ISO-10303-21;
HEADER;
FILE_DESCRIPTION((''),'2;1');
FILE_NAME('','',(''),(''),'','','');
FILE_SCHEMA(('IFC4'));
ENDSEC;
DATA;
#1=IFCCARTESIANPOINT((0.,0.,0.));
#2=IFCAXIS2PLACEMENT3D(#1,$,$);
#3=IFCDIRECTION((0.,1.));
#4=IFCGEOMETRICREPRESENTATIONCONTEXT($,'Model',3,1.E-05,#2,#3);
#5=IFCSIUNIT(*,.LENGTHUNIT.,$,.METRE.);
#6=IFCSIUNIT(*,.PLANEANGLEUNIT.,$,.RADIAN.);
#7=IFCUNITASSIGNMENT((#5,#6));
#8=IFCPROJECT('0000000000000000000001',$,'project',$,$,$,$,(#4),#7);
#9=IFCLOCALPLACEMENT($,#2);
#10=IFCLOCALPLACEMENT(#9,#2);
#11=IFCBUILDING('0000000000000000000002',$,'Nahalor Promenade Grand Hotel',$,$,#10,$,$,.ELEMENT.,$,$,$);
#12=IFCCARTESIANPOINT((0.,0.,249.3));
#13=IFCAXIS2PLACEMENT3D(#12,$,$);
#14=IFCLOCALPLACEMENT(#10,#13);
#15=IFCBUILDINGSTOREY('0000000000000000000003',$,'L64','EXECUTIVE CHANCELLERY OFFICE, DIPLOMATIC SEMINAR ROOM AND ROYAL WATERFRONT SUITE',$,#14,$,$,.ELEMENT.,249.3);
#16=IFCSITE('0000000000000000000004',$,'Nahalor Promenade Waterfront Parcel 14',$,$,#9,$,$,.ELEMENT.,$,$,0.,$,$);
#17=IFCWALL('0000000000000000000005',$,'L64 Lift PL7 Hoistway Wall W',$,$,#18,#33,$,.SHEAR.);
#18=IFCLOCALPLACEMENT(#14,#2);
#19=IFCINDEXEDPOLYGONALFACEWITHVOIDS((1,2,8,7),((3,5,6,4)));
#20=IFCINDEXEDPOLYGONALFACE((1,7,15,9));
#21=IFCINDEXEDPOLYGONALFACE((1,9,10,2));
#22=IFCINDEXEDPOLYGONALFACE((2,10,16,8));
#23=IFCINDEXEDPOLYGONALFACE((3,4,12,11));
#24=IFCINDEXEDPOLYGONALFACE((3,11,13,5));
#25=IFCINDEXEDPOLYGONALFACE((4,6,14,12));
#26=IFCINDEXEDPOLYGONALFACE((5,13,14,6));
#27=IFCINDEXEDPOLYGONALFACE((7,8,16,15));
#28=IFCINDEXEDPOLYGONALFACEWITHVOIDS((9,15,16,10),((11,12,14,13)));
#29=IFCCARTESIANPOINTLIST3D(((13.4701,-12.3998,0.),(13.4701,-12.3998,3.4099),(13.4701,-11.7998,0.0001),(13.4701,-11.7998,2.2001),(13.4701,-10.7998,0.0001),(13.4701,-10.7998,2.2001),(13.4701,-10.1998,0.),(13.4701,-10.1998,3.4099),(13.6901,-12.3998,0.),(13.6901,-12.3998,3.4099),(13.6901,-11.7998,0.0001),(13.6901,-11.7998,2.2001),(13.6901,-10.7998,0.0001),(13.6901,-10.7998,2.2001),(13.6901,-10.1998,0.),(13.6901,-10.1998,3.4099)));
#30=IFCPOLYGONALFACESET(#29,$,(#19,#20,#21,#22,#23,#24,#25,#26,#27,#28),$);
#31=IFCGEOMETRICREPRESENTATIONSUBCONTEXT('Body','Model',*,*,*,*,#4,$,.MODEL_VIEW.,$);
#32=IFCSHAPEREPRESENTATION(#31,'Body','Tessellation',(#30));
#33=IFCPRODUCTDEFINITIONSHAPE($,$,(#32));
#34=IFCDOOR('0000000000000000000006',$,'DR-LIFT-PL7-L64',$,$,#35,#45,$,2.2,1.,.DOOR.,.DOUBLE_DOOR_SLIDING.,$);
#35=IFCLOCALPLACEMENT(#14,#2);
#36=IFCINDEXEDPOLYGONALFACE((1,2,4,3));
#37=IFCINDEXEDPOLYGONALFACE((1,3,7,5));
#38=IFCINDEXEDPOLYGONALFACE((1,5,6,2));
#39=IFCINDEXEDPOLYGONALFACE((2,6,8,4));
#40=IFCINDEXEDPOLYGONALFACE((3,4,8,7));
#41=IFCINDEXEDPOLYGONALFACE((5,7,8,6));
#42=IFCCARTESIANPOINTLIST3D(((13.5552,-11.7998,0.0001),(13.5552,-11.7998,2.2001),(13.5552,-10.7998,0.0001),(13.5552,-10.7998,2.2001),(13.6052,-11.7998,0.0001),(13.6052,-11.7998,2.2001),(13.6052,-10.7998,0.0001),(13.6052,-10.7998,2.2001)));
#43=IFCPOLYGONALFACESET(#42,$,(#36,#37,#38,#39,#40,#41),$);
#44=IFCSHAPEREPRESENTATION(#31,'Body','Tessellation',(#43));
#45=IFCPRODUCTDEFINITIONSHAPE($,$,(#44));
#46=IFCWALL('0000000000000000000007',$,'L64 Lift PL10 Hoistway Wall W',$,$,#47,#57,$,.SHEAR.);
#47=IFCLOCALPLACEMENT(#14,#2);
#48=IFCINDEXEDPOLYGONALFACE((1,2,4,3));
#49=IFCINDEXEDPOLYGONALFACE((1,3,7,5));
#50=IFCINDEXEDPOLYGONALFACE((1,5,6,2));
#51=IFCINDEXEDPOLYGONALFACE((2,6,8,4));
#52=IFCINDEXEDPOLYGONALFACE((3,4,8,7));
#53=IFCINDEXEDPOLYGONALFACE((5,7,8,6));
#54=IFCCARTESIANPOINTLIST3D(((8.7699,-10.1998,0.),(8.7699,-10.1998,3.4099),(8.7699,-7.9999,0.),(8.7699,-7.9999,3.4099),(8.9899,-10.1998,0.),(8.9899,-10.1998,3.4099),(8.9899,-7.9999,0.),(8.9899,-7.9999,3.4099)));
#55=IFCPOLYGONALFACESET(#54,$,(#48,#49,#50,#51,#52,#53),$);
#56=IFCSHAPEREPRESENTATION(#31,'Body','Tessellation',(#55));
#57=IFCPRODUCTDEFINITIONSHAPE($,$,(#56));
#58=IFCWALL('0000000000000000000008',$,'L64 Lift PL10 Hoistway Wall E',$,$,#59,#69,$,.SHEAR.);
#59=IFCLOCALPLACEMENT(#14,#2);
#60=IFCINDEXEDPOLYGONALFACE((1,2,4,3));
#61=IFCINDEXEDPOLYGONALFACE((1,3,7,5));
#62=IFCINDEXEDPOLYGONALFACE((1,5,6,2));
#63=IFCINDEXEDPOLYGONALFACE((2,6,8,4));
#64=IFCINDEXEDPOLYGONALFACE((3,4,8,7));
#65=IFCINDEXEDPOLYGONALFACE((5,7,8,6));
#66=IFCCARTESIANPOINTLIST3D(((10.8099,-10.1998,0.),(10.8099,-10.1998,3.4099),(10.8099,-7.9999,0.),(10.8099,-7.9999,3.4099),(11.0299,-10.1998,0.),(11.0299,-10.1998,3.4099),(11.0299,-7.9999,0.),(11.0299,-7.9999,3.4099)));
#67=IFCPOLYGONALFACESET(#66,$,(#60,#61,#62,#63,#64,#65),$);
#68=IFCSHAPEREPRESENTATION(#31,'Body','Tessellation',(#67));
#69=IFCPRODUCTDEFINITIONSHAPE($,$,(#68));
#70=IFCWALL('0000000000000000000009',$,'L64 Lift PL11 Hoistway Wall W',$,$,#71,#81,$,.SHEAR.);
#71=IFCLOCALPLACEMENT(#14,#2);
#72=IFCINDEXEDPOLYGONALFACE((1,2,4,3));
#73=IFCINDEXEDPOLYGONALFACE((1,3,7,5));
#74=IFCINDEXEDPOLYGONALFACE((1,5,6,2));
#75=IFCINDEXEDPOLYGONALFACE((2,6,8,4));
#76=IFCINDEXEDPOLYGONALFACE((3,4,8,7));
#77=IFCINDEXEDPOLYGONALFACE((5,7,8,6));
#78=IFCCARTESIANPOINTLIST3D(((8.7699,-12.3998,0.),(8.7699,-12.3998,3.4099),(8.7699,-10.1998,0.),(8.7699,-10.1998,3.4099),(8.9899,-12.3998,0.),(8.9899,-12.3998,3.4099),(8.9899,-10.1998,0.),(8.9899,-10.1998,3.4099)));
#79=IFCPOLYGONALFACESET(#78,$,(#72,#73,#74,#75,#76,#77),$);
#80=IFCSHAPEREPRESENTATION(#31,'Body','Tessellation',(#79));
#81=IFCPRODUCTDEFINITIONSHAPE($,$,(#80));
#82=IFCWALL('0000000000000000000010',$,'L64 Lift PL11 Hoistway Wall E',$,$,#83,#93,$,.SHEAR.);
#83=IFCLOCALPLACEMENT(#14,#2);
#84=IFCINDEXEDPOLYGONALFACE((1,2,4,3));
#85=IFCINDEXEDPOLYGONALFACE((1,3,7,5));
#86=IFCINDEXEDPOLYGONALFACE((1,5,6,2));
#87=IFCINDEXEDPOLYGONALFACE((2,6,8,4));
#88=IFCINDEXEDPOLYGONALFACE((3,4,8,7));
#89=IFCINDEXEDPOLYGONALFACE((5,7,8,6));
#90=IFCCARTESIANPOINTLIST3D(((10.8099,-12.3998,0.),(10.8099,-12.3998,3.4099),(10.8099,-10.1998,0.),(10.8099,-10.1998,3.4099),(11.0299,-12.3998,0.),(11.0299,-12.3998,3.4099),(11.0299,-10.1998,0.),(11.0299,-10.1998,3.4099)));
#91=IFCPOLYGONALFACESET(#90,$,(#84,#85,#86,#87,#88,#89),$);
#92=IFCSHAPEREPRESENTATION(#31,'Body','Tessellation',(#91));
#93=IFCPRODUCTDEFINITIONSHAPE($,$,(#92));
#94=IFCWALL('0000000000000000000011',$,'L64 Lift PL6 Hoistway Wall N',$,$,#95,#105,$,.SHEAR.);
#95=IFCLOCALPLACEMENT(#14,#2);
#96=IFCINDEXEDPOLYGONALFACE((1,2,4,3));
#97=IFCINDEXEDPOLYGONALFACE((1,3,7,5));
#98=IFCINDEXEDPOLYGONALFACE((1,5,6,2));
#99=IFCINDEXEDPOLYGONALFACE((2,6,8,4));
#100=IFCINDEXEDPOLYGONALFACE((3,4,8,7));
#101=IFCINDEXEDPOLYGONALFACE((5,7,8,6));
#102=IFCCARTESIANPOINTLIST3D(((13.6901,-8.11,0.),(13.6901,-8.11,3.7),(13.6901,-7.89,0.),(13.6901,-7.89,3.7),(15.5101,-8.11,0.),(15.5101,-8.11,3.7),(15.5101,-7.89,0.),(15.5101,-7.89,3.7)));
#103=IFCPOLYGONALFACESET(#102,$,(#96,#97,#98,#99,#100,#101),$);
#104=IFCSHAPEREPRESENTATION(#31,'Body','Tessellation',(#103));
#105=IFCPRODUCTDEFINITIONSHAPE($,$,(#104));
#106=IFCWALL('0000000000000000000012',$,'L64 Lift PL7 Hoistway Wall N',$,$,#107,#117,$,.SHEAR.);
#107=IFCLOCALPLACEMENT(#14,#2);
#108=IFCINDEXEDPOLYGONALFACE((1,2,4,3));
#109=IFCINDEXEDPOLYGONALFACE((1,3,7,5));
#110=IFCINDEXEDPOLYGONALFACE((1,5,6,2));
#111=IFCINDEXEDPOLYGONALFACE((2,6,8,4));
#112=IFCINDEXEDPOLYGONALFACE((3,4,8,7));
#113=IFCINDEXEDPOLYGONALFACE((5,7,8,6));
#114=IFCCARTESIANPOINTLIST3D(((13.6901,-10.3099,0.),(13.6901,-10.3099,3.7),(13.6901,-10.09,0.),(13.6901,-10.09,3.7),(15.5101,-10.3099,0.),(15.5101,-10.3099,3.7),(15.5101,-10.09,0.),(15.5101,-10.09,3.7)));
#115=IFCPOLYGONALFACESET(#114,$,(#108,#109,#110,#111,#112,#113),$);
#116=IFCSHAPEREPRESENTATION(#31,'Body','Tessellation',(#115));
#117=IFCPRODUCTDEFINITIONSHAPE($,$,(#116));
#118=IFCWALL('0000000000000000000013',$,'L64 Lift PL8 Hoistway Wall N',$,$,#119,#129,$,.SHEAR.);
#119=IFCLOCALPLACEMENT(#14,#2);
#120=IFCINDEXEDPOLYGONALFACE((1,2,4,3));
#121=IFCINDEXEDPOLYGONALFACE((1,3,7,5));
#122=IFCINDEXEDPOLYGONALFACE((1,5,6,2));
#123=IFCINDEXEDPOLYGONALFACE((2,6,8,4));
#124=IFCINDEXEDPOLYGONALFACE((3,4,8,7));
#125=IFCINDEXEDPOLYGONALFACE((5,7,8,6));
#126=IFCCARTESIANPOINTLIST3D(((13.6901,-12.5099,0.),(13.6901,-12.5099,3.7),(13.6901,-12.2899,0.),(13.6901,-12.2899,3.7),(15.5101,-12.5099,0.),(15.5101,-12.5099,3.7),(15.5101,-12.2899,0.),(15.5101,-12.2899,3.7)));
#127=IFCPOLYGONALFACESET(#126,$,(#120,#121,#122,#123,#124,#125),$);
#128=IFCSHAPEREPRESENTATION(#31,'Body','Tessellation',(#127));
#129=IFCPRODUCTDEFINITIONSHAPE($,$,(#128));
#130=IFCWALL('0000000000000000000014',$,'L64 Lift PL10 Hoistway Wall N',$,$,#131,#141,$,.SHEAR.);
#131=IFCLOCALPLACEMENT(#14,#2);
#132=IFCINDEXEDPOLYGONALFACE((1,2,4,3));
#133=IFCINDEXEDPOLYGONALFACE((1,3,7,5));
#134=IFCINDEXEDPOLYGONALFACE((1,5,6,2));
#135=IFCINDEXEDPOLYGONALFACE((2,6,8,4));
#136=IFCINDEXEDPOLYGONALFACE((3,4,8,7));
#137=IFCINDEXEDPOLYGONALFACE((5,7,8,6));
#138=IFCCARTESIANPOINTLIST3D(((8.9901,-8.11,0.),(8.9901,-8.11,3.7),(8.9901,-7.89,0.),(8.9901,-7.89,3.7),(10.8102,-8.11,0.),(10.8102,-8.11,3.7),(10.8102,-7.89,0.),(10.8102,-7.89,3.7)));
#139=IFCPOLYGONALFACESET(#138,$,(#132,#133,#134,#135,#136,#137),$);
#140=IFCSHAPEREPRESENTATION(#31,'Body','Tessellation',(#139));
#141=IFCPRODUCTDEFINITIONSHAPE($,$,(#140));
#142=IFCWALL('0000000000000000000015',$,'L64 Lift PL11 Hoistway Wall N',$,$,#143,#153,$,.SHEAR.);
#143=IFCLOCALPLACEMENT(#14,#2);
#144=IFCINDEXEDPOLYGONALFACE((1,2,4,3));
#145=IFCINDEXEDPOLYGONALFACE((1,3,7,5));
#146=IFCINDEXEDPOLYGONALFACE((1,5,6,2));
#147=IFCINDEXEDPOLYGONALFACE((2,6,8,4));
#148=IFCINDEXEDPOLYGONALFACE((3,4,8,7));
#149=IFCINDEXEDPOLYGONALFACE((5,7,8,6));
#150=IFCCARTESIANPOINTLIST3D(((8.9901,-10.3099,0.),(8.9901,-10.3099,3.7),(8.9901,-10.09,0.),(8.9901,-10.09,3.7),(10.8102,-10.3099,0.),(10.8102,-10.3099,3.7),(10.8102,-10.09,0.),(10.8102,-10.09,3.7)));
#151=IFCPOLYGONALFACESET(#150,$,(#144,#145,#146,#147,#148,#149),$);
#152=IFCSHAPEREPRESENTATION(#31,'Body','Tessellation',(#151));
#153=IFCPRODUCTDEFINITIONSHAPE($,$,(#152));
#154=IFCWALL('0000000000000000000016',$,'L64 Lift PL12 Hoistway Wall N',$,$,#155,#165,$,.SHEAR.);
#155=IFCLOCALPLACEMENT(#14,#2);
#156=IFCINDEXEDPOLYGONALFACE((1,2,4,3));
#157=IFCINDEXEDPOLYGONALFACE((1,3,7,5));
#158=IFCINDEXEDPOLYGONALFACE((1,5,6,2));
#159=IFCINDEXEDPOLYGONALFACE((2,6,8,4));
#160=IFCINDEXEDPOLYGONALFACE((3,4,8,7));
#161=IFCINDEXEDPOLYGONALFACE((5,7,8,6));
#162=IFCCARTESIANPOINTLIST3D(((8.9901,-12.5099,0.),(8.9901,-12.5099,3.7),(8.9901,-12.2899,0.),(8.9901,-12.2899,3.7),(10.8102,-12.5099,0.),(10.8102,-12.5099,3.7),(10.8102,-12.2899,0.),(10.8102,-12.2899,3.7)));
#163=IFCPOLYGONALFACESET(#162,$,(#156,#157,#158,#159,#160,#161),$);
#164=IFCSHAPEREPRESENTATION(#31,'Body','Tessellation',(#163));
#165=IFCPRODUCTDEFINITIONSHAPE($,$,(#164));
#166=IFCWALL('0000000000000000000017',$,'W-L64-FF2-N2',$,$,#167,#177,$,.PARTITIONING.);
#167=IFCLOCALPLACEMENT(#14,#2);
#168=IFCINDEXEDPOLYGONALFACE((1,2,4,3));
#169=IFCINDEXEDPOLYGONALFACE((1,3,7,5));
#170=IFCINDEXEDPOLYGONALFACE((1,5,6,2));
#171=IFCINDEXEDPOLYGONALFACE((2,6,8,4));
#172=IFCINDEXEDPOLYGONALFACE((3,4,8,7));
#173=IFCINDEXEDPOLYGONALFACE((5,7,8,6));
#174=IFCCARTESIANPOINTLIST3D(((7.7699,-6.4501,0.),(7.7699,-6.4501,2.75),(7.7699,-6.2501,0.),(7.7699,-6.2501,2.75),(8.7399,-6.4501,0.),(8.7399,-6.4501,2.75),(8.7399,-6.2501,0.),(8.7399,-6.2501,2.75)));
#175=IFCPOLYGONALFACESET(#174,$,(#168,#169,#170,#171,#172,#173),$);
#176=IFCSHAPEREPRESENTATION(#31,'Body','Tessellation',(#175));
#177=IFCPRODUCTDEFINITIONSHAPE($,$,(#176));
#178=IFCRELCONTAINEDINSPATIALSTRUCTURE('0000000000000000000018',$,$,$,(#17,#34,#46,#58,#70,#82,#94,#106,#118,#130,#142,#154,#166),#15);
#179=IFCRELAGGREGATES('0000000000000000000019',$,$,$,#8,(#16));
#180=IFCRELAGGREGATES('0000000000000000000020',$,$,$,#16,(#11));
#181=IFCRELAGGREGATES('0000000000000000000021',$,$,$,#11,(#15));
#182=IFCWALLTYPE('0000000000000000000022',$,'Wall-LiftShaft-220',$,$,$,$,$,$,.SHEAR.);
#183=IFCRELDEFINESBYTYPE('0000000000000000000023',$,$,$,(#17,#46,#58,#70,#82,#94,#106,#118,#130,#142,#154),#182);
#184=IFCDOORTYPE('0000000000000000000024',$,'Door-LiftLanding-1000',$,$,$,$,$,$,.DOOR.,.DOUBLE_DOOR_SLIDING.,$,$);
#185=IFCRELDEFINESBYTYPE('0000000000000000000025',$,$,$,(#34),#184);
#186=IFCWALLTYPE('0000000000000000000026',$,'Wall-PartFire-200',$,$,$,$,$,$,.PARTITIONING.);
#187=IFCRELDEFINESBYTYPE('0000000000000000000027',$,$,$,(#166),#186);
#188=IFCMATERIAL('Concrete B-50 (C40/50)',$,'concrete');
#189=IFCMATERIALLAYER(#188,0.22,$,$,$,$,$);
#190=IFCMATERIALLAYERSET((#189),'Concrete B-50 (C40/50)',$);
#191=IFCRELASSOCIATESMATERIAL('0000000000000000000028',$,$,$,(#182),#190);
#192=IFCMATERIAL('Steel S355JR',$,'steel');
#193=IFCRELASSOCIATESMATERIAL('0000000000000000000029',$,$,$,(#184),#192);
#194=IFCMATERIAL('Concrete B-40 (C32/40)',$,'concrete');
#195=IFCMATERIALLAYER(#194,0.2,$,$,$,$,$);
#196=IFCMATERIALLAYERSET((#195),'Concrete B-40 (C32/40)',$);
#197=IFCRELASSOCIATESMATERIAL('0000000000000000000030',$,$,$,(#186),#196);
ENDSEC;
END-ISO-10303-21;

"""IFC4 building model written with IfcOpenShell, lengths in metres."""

from ifc_helpers import new_model, si_unit, direction, frame, frame_2d, origin, place, context, subcontext, project, spatial, rectangle, extrude, source, transform, mapped, material, layer, layer_set, type_object, element, fill, save


model = new_model("IFC4")

# Units and contexts
model_context = context("Model", 3, precision=1e-05, world=origin(), true_north=direction((0.0, 1.0)))
body_context = subcontext(model_context, "Body", "Model", "MODEL_VIEW")
ifc_project = project(units=[si_unit("LENGTHUNIT", "METRE"), si_unit("PLANEANGLEUNIT", "RADIAN")], contexts=[model_context])

# Site, building, storey
site_placement = place(None, origin())
site = spatial("IfcSite", under=ifc_project, at=site_placement, Name="Nahalor Promenade Waterfront Parcel 14", CompositionType="ELEMENT", RefElevation=0.0)
building_placement = place(site_placement, origin())
building = spatial("IfcBuilding", under=site, at=building_placement, Name="Nahalor Promenade Grand Hotel", CompositionType="ELEMENT")
storey_placement = place(building_placement, frame((0.0, 0.0, 249.3)))
storey = spatial("IfcBuildingStorey", under=building, at=storey_placement, Name="L64", Description="EXECUTIVE CHANCELLERY OFFICE, DIPLOMATIC SEMINAR ROOM AND ROYAL WATERFRONT SUITE", CompositionType="ELEMENT", Elevation=249.3)

# Shared definitions
ifc_material_1 = material(Name="Steel S355JR", Category="steel")

# Shared definitions
ifc_material_2 = material(Name="Concrete B-50 (C40/50)", Category="concrete")
ifc_layer_1 = layer(ifc_material_2, 0.22)
ifc_layer_set_1 = layer_set([ifc_layer_1], Name="Concrete B-50 (C40/50)")
wall_type_1 = type_object("IfcWallType", Name="Wall-LiftShaft-220", PredefinedType="SHEAR", material=ifc_layer_set_1)
door_type = type_object("IfcDoorType", Name="Door-LiftLanding-1000", OperationType="DOUBLE_DOOR_SLIDING", PredefinedType="DOOR", material=ifc_material_1)
shared_shape_1 = source(origin(), body_context, "Body", "SweptSolid", [
    extrude(rectangle(XDim=1.0, YDim=2.2, at=frame_2d((0.5, 1.1001))), frame((0.0, 0.0249, 0.0), z_axis=(0.0, -1.0, 0.0), x_axis=(1.0, 0.0, 0.0)), (0.0, 0.0, 1.0), 0.05),
])

# Wall, opening, door
shared_shape_2 = source(origin(), body_context, "Body", "SweptSolid", [
    extrude(rectangle(XDim=2.2, YDim=0.22, at=frame_2d((1.1001, 0.0))), origin(), (0.0, 0.0, 1.0), 3.4099),
])
wall_1_placement = place(storey_placement, frame((13.5801, -12.3999, 0.0), z_axis=(0.0, 0.0, 1.0), x_axis=(0.0, 1.0, 0.0)))
wall_1 = element("IfcWall", 1, at=wall_1_placement, inside=storey, type_object=wall_type_1, Name="L64 Lift PL7 Hoistway Wall W", PredefinedType="SHEAR", context=body_context, shape_type="MappedRepresentation", body=[
    mapped(shared_shape_2, transform((0.0, 0.0, 0.0), scale=1.0)),
])
opening_1_placement = place(wall_1_placement, frame((0.6001, 0.0, 0.0)))
opening_1 = element("IfcOpeningElement", 2, at=opening_1_placement, cuts=wall_1, PredefinedType="OPENING", context=body_context, shape_type="SweptSolid", body=[
    extrude(rectangle(XDim=1.0, YDim=2.2, at=frame_2d((0.5, 1.1001))), frame((0.0, 0.1199, 0.0), z_axis=(0.0, -1.0, 0.0), x_axis=(1.0, 0.0, 0.0)), (0.0, 0.0, 1.0), 0.24),
])
door_1_placement = place(opening_1_placement, origin())
door_1 = element("IfcDoor", 3, at=door_1_placement, inside=storey, type_object=door_type, Name="DR-LIFT-PL7-L64", OperationType="DOUBLE_DOOR_SLIDING", OverallHeight=2.2, OverallWidth=1.0, PredefinedType="DOOR", context=body_context, shape_type="MappedRepresentation", body=[
    mapped(shared_shape_1, transform((0.0, 0.0, 0.0), scale=1.0)),
])
fill(opening_1, door_1)

# Walls
for number, where, z_axis, x_axis, name in (
    (4, (8.8799, -10.2, 0.0), (0.0, 0.0, 1.0), (0.0, 1.0, 0.0), "L64 Lift PL10 Hoistway Wall W"),
    (5, (10.9199, -10.2, 0.0), (0.0, 0.0, 1.0), (0.0, 1.0, 0.0), "L64 Lift PL10 Hoistway Wall E"),
    (6, (8.8799, -12.3999, 0.0), (0.0, 0.0, 1.0), (0.0, 1.0, 0.0), "L64 Lift PL11 Hoistway Wall W"),
    (7, (10.9199, -12.3999, 0.0), (0.0, 0.0, 1.0), (0.0, 1.0, 0.0), "L64 Lift PL11 Hoistway Wall E"),
):
    element("IfcWall", number, at=place(storey_placement, frame(where, z_axis=z_axis, x_axis=x_axis)), inside=storey, type_object=wall_type_1, Name=name, PredefinedType="SHEAR", context=body_context, shape_type="MappedRepresentation", body=[
        mapped(shared_shape_2, transform((0.0, 0.0, 0.0), scale=1.0)),
    ])
shared_shape_3 = source(origin(), body_context, "Body", "SweptSolid", [
    extrude(rectangle(XDim=1.8201, YDim=0.22, at=frame_2d((0.9102, 0.0))), origin(), (0.0, 0.0, 1.0), 3.7),
])
for number, where, z_axis, x_axis, name in (
    (8, (13.6899, -8.0, 0.0), (0.0, 0.0, 1.0), (1.0, 0.0, 0.0), "L64 Lift PL6 Hoistway Wall N"),
    (9, (13.6899, -10.2, 0.0), (0.0, 0.0, 1.0), (1.0, 0.0, 0.0), "L64 Lift PL7 Hoistway Wall N"),
    (10, (13.6899, -12.3999, 0.0), (0.0, 0.0, 1.0), (1.0, 0.0, 0.0), "L64 Lift PL8 Hoistway Wall N"),
    (11, (8.99, -8.0, 0.0), (0.0, 0.0, 1.0), (1.0, 0.0, 0.0), "L64 Lift PL10 Hoistway Wall N"),
    (12, (8.99, -10.2, 0.0), (0.0, 0.0, 1.0), (1.0, 0.0, 0.0), "L64 Lift PL11 Hoistway Wall N"),
    (13, (8.99, -12.3999, 0.0), (0.0, 0.0, 1.0), (1.0, 0.0, 0.0), "L64 Lift PL12 Hoistway Wall N"),
):
    element("IfcWall", number, at=place(storey_placement, frame(where, z_axis=z_axis, x_axis=x_axis)), inside=storey, type_object=wall_type_1, Name=name, PredefinedType="SHEAR", context=body_context, shape_type="MappedRepresentation", body=[
        mapped(shared_shape_3, transform((0.0, 0.0, 0.0), scale=1.0)),
    ])
ifc_material_3 = material(Name="Concrete B-40 (C32/40)", Category="concrete")
ifc_layer_2 = layer(ifc_material_3, 0.2)
ifc_layer_set_2 = layer_set([ifc_layer_2], Name="Concrete B-40 (C32/40)")
wall_type_2 = type_object("IfcWallType", Name="Wall-PartFire-200", PredefinedType="PARTITIONING", material=ifc_layer_set_2)
shared_shape_4 = source(origin(), body_context, "Body", "SweptSolid", [
    extrude(rectangle(XDim=0.97, YDim=0.2, at=frame_2d((0.4849, 0.0))), origin(), (0.0, 0.0, 1.0), 2.75),
])
wall_2_placement = place(storey_placement, frame((7.77, -6.3501, 0.0), z_axis=(0.0, 0.0, 1.0), x_axis=(1.0, 0.0, 0.0)))
element("IfcWall", 14, at=wall_2_placement, inside=storey, type_object=wall_type_2, Name="W-L64-FF2-N2", PredefinedType="PARTITIONING", context=body_context, shape_type="MappedRepresentation", body=[
    mapped(shared_shape_4, transform((0.0, 0.0, 0.0), scale=1.0)),
])

save(model, "model.ifc")
